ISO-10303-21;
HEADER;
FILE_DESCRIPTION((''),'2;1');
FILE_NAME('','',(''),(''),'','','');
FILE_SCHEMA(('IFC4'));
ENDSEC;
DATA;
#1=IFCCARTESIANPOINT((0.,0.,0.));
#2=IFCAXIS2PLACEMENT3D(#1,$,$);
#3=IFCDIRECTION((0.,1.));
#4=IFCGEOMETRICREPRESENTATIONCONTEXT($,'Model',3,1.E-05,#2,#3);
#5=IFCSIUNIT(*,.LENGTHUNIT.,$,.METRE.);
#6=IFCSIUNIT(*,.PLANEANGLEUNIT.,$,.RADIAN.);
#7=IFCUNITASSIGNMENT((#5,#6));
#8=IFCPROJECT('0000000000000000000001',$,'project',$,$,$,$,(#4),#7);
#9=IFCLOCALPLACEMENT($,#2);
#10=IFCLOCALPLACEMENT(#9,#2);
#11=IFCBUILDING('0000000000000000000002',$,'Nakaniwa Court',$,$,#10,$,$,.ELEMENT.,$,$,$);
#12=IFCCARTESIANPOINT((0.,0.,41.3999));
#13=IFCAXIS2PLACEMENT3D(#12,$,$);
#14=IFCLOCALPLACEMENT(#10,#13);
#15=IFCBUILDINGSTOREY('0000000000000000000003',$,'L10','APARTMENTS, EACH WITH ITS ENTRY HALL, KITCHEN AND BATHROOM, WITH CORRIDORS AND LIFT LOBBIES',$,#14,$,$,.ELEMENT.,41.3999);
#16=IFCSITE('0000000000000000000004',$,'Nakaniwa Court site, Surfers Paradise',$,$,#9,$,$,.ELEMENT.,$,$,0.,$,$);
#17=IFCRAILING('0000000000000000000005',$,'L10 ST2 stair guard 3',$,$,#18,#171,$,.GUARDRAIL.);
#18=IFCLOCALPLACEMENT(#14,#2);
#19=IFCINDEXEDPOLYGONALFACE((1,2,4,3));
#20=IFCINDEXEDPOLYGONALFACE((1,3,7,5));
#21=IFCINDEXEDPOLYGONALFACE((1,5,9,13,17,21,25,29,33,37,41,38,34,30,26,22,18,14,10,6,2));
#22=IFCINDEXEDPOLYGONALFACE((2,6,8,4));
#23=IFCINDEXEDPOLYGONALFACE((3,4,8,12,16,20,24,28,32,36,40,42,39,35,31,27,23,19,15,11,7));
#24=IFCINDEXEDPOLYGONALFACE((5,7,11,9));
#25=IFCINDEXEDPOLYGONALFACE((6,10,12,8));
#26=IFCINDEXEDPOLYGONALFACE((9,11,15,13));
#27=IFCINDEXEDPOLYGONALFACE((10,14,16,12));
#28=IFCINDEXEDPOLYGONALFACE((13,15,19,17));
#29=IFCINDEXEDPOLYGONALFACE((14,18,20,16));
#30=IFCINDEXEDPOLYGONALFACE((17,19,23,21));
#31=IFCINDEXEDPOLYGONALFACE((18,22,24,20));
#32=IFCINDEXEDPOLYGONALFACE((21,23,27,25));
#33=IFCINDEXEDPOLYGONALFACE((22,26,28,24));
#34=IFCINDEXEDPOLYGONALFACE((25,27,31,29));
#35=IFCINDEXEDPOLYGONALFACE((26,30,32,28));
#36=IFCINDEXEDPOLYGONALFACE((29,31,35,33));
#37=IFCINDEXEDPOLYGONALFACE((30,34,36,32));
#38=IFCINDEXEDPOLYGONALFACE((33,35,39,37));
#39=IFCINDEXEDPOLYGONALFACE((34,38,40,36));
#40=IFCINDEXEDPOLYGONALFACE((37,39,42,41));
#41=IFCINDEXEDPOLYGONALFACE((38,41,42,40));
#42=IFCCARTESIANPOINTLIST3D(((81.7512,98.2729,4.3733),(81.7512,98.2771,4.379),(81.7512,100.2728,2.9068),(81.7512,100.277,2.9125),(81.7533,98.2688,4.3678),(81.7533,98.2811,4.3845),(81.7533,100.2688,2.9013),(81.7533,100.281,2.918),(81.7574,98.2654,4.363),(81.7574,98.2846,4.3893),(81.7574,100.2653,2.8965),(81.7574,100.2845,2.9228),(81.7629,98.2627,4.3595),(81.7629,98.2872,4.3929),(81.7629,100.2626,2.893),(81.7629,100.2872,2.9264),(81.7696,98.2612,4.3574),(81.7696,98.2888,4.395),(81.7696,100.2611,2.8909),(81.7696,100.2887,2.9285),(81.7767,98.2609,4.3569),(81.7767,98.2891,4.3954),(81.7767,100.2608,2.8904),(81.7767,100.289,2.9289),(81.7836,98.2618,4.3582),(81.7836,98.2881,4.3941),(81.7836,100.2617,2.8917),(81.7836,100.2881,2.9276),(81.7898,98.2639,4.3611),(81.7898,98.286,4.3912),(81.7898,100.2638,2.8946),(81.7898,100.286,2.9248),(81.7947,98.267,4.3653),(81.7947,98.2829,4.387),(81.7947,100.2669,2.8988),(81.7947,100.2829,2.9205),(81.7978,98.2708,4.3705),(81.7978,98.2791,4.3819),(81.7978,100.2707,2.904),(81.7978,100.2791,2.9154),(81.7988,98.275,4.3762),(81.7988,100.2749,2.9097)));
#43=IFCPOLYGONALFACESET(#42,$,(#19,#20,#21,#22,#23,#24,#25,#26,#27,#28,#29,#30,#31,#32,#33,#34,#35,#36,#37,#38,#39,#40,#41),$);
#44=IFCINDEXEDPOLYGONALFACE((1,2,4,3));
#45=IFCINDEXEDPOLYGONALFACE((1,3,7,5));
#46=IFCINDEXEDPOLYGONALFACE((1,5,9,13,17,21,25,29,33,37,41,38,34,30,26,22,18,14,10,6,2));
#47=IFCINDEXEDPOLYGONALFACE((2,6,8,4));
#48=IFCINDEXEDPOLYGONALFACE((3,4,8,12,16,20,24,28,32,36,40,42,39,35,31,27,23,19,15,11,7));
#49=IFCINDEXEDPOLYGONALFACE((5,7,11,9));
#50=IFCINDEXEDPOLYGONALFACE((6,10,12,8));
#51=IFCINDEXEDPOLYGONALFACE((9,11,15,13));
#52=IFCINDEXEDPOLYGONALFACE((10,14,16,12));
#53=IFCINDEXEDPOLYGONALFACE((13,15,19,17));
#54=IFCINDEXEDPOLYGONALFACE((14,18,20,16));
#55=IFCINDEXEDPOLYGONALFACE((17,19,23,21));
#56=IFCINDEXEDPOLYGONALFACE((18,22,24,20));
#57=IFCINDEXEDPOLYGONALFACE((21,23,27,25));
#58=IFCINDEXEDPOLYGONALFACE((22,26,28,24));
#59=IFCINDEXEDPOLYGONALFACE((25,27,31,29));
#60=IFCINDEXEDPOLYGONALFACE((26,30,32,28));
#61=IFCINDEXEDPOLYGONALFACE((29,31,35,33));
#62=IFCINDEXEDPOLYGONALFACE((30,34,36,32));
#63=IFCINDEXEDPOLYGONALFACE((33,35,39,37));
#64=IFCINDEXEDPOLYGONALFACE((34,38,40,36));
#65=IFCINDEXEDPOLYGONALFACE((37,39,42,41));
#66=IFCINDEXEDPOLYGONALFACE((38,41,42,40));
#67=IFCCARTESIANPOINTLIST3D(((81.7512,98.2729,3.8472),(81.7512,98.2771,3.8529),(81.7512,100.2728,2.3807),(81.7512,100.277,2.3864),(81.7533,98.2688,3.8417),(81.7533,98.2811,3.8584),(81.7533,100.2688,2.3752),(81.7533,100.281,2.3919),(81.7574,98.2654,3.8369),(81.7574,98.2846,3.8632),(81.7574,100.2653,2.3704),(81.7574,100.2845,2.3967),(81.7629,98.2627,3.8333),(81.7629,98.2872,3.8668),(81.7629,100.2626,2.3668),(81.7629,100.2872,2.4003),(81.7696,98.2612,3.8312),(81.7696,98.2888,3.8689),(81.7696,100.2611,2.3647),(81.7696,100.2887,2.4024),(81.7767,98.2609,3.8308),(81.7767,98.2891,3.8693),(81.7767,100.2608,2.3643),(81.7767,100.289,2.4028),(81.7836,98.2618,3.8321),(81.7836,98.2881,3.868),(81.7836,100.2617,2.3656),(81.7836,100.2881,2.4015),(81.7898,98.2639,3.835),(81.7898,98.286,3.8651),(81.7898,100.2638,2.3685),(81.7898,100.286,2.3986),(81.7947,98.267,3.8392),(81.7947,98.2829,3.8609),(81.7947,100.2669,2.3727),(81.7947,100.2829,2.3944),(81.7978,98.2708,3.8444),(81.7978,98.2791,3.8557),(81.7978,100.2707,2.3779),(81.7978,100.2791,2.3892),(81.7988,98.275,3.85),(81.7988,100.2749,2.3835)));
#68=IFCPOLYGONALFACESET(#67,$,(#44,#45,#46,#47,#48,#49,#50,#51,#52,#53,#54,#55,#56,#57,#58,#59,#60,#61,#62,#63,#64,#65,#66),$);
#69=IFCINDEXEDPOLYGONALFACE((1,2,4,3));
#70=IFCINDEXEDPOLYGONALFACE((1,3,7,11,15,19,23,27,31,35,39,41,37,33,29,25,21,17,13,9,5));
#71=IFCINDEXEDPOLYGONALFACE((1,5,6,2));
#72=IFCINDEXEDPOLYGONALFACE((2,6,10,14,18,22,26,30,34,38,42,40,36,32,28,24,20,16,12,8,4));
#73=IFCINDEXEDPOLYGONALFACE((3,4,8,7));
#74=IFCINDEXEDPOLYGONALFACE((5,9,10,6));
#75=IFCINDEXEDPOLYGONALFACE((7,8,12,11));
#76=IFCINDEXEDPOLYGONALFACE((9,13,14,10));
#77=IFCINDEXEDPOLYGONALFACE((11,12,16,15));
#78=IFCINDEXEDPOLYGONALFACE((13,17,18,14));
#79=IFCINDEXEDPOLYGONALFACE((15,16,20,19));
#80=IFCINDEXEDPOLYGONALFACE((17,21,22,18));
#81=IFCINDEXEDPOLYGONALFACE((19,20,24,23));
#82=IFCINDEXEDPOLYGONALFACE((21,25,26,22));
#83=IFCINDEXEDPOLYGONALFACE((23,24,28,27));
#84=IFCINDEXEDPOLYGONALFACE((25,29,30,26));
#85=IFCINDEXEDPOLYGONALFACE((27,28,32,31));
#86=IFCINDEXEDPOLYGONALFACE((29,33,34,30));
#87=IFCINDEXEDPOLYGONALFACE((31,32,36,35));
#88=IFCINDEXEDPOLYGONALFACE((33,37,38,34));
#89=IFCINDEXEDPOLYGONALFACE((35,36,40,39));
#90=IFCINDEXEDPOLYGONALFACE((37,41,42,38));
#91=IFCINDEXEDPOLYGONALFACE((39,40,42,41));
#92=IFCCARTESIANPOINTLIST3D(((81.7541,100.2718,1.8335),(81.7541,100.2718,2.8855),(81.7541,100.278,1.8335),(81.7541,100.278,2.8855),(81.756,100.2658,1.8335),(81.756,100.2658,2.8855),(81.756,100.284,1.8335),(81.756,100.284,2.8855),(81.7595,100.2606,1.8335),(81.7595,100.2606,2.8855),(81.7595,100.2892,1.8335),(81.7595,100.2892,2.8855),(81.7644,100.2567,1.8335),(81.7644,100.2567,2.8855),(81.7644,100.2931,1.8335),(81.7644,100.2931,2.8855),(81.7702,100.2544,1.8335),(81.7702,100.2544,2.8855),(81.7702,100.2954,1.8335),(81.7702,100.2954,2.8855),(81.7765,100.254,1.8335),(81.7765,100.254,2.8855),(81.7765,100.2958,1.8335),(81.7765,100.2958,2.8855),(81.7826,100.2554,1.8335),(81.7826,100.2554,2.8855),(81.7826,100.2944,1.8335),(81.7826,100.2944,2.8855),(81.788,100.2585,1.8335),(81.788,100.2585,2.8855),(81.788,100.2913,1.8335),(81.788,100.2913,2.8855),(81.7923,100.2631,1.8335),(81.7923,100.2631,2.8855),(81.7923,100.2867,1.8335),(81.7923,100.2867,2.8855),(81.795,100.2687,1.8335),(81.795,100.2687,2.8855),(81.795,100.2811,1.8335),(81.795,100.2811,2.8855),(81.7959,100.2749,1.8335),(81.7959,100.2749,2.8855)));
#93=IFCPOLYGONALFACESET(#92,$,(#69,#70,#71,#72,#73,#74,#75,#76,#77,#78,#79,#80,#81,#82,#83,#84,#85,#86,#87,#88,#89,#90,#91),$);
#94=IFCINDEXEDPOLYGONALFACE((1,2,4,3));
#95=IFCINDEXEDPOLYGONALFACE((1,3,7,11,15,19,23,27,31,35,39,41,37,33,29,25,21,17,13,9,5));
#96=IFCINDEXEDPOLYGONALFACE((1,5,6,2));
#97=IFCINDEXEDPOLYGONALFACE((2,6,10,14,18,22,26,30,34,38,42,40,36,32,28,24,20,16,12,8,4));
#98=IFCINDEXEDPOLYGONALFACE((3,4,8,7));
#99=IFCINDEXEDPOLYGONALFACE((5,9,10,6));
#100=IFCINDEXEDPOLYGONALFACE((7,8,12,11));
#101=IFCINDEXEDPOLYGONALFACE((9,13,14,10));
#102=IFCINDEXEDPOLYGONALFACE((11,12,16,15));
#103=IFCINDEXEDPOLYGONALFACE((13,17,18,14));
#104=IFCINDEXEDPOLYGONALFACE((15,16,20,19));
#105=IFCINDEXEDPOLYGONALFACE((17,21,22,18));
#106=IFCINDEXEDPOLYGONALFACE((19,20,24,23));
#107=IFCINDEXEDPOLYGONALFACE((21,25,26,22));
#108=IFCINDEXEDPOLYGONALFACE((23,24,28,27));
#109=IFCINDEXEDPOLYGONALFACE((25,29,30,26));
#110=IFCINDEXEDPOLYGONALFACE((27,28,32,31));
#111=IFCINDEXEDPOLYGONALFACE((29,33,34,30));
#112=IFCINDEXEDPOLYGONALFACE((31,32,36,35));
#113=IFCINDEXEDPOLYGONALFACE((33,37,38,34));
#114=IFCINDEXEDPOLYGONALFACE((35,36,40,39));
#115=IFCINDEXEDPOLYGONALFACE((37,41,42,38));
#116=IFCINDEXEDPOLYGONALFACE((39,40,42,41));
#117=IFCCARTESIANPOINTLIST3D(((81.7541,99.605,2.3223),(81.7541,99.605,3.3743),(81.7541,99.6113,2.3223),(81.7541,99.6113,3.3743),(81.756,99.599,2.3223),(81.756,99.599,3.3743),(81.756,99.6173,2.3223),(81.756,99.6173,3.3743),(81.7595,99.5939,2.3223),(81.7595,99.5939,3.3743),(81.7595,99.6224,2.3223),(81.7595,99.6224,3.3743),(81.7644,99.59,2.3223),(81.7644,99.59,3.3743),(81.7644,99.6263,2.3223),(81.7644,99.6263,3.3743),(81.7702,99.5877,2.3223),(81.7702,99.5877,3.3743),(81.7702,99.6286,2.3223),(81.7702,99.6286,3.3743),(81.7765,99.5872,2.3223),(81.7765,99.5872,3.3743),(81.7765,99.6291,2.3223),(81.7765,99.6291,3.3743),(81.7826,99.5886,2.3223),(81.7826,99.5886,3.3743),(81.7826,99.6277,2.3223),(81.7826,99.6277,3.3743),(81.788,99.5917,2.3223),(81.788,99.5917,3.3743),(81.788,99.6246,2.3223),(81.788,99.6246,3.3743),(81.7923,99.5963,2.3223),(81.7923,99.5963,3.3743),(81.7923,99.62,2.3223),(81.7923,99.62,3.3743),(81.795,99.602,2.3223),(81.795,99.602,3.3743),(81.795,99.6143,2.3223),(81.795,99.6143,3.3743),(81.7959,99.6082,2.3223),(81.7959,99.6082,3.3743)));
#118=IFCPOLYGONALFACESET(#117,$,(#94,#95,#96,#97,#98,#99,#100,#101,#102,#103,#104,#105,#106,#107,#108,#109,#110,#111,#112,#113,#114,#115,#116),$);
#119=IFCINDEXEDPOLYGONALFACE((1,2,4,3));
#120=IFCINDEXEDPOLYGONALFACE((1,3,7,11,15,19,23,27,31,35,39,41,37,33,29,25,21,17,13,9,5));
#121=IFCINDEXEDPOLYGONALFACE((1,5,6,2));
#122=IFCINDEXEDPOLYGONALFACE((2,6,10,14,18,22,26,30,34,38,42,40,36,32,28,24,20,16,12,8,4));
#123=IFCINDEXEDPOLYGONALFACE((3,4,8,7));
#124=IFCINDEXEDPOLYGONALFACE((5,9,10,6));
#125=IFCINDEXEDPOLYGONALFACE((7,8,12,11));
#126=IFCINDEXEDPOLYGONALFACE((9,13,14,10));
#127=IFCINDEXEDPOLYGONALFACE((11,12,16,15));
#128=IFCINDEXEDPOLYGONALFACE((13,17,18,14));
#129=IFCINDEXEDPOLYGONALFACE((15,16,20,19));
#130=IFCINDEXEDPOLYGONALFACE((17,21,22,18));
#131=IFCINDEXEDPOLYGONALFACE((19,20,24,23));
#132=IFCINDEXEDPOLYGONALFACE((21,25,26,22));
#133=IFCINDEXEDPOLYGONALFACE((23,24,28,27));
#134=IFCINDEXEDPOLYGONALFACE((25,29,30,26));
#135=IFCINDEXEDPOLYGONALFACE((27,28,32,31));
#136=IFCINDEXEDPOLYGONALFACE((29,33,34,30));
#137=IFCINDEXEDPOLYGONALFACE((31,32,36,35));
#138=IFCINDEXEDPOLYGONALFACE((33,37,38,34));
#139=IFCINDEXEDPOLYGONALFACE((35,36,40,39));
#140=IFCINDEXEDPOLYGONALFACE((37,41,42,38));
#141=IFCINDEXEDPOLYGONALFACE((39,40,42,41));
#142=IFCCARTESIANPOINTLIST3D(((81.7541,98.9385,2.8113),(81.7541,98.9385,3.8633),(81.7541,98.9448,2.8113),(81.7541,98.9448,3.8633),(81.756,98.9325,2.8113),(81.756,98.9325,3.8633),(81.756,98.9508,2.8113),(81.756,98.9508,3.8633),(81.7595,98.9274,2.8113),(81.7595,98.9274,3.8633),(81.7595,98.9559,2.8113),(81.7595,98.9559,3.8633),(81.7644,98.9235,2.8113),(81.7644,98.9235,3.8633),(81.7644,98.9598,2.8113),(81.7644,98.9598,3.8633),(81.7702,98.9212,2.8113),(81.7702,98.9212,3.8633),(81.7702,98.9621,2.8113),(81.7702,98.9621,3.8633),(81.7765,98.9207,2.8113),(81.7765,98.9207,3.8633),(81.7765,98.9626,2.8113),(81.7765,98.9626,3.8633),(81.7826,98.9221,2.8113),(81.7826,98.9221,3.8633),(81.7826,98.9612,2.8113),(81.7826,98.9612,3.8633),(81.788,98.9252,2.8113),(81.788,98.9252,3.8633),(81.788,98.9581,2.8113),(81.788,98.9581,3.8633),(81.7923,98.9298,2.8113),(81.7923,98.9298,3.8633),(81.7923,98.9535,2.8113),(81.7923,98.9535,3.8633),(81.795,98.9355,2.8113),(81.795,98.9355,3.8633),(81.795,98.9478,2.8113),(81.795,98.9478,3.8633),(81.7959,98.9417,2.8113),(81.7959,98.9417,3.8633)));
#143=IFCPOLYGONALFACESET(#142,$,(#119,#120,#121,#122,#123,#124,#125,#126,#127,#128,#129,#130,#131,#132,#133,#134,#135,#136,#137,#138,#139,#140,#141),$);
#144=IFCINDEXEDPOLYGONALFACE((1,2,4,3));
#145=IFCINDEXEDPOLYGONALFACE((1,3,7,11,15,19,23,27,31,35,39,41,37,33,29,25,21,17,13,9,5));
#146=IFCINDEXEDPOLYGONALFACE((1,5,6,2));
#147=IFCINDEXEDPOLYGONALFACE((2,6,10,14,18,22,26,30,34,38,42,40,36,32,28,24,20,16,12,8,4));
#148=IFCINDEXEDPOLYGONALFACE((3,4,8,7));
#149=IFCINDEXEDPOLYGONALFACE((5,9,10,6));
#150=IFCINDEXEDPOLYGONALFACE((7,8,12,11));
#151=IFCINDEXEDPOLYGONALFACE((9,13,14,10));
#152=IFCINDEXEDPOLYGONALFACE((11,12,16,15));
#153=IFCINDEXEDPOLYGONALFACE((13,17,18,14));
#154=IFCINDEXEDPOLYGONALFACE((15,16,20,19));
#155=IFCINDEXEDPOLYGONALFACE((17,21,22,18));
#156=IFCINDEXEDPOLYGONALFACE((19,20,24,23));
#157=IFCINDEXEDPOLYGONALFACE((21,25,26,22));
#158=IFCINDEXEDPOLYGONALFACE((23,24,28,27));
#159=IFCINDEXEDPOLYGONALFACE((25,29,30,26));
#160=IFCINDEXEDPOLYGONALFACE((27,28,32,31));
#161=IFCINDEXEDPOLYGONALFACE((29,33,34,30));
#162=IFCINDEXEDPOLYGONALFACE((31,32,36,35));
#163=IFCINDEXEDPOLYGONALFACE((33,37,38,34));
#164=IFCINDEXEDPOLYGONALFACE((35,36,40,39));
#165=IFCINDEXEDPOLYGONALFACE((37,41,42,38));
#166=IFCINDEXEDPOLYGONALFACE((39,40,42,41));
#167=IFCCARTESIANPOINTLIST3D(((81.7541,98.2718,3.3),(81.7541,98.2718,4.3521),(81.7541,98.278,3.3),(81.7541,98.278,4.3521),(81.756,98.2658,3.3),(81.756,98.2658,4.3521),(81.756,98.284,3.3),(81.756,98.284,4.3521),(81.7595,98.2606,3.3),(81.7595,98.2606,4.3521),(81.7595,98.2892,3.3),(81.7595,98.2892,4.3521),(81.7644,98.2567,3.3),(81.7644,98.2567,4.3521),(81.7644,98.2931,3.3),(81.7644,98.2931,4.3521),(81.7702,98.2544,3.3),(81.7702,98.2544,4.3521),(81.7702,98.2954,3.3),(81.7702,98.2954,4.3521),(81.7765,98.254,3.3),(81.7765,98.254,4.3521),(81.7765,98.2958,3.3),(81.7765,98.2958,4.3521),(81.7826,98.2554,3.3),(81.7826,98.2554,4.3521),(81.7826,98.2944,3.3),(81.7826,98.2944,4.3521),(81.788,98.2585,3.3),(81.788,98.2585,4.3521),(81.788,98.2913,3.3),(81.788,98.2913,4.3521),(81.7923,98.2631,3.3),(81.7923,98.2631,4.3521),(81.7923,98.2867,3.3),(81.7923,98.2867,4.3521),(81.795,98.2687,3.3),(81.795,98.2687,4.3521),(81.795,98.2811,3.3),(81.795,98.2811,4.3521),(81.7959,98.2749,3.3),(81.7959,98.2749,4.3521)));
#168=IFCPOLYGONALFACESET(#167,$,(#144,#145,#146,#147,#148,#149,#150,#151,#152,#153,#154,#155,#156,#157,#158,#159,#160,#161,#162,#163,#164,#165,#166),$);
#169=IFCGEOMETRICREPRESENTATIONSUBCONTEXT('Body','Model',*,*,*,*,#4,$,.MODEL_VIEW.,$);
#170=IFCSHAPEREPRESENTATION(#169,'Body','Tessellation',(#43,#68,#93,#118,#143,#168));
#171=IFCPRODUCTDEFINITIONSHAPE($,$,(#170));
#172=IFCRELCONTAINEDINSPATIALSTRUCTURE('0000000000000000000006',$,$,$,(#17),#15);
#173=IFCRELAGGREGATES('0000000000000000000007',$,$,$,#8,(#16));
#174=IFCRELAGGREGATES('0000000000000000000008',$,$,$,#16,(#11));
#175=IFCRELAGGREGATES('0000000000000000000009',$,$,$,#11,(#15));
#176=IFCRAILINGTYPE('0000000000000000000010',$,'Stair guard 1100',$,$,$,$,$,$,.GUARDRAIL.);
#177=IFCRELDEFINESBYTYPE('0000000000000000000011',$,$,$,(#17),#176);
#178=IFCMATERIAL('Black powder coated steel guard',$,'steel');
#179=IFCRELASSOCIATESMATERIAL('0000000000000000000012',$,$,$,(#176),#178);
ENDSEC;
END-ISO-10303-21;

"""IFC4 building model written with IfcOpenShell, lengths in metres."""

from ifc_helpers import new_model, si_unit, direction, frame, origin, origin_2d, place, context, subcontext, project, spatial, circle, extrude, material, type_object, element, save


model = new_model("IFC4")

# Units and contexts
model_context = context("Model", 3, precision=1e-05, world=origin(), true_north=direction((0.0, 1.0)))
body_context = subcontext(model_context, "Body", "Model", "MODEL_VIEW")
ifc_project = project(units=[si_unit("LENGTHUNIT", "METRE"), si_unit("PLANEANGLEUNIT", "RADIAN")], contexts=[model_context])

# Site, building, storey
site_placement = place(None, origin())
site = spatial("IfcSite", under=ifc_project, at=site_placement, Name="Nakaniwa Court site, Surfers Paradise", CompositionType="ELEMENT", RefElevation=0.0)
building_placement = place(site_placement, origin())
building = spatial("IfcBuilding", under=site, at=building_placement, Name="Nakaniwa Court", CompositionType="ELEMENT")
storey_placement = place(building_placement, frame((0.0, 0.0, 41.3999)))
storey = spatial("IfcBuildingStorey", under=building, at=storey_placement, Name="L10", Description="APARTMENTS, EACH WITH ITS ENTRY HALL, KITCHEN AND BATHROOM, WITH CORRIDORS AND LIFT LOBBIES", CompositionType="ELEMENT", Elevation=41.3999)

# Railing
ifc_material_1 = material(Name="Black powder coated steel guard", Category="steel")
railing_type_1 = type_object("IfcRailingType", Name="Stair guard 1100", PredefinedType="GUARDRAIL", material=ifc_material_1)
railing_1_placement = place(storey_placement, frame((81.7749, 100.2749, 1.8335)))
element("IfcRailing", 1, at=railing_1_placement, inside=storey, type_object=railing_type_1, Name="L10 ST2 stair guard 3", PredefinedType="GUARDRAIL", context=body_context, shape_type="SweptSolid", body=[
    extrude(circle(Radius=0.0239, at=origin_2d()), frame((0.0, 0.0, 1.0762), z_axis=(0.0, -0.806427, 0.591334), x_axis=(1.0, 0.0, 0.0)), (0.0, 0.0, 1.0), 2.48),
    extrude(circle(Radius=0.0239, at=origin_2d()), frame((0.0, 0.0, 0.55), z_axis=(0.0, -0.806427, 0.591334), x_axis=(1.0, 0.0, 0.0)), (0.0, 0.0, 1.0), 2.48),
    extrude(circle(Radius=0.021, at=origin_2d()), origin(), (0.0, 0.0, 1.0), 1.052),
    extrude(circle(Radius=0.021, at=origin_2d()), frame((0.0, -0.6667, 0.4888)), (0.0, 0.0, 1.0), 1.052),
    extrude(circle(Radius=0.021, at=origin_2d()), frame((0.0, -1.3333, 0.9778)), (0.0, 0.0, 1.0), 1.052),
    extrude(circle(Radius=0.021, at=origin_2d()), frame((0.0, -2.0, 1.4666)), (0.0, 0.0, 1.0), 1.052),
])

save(model, "model.ifc")
